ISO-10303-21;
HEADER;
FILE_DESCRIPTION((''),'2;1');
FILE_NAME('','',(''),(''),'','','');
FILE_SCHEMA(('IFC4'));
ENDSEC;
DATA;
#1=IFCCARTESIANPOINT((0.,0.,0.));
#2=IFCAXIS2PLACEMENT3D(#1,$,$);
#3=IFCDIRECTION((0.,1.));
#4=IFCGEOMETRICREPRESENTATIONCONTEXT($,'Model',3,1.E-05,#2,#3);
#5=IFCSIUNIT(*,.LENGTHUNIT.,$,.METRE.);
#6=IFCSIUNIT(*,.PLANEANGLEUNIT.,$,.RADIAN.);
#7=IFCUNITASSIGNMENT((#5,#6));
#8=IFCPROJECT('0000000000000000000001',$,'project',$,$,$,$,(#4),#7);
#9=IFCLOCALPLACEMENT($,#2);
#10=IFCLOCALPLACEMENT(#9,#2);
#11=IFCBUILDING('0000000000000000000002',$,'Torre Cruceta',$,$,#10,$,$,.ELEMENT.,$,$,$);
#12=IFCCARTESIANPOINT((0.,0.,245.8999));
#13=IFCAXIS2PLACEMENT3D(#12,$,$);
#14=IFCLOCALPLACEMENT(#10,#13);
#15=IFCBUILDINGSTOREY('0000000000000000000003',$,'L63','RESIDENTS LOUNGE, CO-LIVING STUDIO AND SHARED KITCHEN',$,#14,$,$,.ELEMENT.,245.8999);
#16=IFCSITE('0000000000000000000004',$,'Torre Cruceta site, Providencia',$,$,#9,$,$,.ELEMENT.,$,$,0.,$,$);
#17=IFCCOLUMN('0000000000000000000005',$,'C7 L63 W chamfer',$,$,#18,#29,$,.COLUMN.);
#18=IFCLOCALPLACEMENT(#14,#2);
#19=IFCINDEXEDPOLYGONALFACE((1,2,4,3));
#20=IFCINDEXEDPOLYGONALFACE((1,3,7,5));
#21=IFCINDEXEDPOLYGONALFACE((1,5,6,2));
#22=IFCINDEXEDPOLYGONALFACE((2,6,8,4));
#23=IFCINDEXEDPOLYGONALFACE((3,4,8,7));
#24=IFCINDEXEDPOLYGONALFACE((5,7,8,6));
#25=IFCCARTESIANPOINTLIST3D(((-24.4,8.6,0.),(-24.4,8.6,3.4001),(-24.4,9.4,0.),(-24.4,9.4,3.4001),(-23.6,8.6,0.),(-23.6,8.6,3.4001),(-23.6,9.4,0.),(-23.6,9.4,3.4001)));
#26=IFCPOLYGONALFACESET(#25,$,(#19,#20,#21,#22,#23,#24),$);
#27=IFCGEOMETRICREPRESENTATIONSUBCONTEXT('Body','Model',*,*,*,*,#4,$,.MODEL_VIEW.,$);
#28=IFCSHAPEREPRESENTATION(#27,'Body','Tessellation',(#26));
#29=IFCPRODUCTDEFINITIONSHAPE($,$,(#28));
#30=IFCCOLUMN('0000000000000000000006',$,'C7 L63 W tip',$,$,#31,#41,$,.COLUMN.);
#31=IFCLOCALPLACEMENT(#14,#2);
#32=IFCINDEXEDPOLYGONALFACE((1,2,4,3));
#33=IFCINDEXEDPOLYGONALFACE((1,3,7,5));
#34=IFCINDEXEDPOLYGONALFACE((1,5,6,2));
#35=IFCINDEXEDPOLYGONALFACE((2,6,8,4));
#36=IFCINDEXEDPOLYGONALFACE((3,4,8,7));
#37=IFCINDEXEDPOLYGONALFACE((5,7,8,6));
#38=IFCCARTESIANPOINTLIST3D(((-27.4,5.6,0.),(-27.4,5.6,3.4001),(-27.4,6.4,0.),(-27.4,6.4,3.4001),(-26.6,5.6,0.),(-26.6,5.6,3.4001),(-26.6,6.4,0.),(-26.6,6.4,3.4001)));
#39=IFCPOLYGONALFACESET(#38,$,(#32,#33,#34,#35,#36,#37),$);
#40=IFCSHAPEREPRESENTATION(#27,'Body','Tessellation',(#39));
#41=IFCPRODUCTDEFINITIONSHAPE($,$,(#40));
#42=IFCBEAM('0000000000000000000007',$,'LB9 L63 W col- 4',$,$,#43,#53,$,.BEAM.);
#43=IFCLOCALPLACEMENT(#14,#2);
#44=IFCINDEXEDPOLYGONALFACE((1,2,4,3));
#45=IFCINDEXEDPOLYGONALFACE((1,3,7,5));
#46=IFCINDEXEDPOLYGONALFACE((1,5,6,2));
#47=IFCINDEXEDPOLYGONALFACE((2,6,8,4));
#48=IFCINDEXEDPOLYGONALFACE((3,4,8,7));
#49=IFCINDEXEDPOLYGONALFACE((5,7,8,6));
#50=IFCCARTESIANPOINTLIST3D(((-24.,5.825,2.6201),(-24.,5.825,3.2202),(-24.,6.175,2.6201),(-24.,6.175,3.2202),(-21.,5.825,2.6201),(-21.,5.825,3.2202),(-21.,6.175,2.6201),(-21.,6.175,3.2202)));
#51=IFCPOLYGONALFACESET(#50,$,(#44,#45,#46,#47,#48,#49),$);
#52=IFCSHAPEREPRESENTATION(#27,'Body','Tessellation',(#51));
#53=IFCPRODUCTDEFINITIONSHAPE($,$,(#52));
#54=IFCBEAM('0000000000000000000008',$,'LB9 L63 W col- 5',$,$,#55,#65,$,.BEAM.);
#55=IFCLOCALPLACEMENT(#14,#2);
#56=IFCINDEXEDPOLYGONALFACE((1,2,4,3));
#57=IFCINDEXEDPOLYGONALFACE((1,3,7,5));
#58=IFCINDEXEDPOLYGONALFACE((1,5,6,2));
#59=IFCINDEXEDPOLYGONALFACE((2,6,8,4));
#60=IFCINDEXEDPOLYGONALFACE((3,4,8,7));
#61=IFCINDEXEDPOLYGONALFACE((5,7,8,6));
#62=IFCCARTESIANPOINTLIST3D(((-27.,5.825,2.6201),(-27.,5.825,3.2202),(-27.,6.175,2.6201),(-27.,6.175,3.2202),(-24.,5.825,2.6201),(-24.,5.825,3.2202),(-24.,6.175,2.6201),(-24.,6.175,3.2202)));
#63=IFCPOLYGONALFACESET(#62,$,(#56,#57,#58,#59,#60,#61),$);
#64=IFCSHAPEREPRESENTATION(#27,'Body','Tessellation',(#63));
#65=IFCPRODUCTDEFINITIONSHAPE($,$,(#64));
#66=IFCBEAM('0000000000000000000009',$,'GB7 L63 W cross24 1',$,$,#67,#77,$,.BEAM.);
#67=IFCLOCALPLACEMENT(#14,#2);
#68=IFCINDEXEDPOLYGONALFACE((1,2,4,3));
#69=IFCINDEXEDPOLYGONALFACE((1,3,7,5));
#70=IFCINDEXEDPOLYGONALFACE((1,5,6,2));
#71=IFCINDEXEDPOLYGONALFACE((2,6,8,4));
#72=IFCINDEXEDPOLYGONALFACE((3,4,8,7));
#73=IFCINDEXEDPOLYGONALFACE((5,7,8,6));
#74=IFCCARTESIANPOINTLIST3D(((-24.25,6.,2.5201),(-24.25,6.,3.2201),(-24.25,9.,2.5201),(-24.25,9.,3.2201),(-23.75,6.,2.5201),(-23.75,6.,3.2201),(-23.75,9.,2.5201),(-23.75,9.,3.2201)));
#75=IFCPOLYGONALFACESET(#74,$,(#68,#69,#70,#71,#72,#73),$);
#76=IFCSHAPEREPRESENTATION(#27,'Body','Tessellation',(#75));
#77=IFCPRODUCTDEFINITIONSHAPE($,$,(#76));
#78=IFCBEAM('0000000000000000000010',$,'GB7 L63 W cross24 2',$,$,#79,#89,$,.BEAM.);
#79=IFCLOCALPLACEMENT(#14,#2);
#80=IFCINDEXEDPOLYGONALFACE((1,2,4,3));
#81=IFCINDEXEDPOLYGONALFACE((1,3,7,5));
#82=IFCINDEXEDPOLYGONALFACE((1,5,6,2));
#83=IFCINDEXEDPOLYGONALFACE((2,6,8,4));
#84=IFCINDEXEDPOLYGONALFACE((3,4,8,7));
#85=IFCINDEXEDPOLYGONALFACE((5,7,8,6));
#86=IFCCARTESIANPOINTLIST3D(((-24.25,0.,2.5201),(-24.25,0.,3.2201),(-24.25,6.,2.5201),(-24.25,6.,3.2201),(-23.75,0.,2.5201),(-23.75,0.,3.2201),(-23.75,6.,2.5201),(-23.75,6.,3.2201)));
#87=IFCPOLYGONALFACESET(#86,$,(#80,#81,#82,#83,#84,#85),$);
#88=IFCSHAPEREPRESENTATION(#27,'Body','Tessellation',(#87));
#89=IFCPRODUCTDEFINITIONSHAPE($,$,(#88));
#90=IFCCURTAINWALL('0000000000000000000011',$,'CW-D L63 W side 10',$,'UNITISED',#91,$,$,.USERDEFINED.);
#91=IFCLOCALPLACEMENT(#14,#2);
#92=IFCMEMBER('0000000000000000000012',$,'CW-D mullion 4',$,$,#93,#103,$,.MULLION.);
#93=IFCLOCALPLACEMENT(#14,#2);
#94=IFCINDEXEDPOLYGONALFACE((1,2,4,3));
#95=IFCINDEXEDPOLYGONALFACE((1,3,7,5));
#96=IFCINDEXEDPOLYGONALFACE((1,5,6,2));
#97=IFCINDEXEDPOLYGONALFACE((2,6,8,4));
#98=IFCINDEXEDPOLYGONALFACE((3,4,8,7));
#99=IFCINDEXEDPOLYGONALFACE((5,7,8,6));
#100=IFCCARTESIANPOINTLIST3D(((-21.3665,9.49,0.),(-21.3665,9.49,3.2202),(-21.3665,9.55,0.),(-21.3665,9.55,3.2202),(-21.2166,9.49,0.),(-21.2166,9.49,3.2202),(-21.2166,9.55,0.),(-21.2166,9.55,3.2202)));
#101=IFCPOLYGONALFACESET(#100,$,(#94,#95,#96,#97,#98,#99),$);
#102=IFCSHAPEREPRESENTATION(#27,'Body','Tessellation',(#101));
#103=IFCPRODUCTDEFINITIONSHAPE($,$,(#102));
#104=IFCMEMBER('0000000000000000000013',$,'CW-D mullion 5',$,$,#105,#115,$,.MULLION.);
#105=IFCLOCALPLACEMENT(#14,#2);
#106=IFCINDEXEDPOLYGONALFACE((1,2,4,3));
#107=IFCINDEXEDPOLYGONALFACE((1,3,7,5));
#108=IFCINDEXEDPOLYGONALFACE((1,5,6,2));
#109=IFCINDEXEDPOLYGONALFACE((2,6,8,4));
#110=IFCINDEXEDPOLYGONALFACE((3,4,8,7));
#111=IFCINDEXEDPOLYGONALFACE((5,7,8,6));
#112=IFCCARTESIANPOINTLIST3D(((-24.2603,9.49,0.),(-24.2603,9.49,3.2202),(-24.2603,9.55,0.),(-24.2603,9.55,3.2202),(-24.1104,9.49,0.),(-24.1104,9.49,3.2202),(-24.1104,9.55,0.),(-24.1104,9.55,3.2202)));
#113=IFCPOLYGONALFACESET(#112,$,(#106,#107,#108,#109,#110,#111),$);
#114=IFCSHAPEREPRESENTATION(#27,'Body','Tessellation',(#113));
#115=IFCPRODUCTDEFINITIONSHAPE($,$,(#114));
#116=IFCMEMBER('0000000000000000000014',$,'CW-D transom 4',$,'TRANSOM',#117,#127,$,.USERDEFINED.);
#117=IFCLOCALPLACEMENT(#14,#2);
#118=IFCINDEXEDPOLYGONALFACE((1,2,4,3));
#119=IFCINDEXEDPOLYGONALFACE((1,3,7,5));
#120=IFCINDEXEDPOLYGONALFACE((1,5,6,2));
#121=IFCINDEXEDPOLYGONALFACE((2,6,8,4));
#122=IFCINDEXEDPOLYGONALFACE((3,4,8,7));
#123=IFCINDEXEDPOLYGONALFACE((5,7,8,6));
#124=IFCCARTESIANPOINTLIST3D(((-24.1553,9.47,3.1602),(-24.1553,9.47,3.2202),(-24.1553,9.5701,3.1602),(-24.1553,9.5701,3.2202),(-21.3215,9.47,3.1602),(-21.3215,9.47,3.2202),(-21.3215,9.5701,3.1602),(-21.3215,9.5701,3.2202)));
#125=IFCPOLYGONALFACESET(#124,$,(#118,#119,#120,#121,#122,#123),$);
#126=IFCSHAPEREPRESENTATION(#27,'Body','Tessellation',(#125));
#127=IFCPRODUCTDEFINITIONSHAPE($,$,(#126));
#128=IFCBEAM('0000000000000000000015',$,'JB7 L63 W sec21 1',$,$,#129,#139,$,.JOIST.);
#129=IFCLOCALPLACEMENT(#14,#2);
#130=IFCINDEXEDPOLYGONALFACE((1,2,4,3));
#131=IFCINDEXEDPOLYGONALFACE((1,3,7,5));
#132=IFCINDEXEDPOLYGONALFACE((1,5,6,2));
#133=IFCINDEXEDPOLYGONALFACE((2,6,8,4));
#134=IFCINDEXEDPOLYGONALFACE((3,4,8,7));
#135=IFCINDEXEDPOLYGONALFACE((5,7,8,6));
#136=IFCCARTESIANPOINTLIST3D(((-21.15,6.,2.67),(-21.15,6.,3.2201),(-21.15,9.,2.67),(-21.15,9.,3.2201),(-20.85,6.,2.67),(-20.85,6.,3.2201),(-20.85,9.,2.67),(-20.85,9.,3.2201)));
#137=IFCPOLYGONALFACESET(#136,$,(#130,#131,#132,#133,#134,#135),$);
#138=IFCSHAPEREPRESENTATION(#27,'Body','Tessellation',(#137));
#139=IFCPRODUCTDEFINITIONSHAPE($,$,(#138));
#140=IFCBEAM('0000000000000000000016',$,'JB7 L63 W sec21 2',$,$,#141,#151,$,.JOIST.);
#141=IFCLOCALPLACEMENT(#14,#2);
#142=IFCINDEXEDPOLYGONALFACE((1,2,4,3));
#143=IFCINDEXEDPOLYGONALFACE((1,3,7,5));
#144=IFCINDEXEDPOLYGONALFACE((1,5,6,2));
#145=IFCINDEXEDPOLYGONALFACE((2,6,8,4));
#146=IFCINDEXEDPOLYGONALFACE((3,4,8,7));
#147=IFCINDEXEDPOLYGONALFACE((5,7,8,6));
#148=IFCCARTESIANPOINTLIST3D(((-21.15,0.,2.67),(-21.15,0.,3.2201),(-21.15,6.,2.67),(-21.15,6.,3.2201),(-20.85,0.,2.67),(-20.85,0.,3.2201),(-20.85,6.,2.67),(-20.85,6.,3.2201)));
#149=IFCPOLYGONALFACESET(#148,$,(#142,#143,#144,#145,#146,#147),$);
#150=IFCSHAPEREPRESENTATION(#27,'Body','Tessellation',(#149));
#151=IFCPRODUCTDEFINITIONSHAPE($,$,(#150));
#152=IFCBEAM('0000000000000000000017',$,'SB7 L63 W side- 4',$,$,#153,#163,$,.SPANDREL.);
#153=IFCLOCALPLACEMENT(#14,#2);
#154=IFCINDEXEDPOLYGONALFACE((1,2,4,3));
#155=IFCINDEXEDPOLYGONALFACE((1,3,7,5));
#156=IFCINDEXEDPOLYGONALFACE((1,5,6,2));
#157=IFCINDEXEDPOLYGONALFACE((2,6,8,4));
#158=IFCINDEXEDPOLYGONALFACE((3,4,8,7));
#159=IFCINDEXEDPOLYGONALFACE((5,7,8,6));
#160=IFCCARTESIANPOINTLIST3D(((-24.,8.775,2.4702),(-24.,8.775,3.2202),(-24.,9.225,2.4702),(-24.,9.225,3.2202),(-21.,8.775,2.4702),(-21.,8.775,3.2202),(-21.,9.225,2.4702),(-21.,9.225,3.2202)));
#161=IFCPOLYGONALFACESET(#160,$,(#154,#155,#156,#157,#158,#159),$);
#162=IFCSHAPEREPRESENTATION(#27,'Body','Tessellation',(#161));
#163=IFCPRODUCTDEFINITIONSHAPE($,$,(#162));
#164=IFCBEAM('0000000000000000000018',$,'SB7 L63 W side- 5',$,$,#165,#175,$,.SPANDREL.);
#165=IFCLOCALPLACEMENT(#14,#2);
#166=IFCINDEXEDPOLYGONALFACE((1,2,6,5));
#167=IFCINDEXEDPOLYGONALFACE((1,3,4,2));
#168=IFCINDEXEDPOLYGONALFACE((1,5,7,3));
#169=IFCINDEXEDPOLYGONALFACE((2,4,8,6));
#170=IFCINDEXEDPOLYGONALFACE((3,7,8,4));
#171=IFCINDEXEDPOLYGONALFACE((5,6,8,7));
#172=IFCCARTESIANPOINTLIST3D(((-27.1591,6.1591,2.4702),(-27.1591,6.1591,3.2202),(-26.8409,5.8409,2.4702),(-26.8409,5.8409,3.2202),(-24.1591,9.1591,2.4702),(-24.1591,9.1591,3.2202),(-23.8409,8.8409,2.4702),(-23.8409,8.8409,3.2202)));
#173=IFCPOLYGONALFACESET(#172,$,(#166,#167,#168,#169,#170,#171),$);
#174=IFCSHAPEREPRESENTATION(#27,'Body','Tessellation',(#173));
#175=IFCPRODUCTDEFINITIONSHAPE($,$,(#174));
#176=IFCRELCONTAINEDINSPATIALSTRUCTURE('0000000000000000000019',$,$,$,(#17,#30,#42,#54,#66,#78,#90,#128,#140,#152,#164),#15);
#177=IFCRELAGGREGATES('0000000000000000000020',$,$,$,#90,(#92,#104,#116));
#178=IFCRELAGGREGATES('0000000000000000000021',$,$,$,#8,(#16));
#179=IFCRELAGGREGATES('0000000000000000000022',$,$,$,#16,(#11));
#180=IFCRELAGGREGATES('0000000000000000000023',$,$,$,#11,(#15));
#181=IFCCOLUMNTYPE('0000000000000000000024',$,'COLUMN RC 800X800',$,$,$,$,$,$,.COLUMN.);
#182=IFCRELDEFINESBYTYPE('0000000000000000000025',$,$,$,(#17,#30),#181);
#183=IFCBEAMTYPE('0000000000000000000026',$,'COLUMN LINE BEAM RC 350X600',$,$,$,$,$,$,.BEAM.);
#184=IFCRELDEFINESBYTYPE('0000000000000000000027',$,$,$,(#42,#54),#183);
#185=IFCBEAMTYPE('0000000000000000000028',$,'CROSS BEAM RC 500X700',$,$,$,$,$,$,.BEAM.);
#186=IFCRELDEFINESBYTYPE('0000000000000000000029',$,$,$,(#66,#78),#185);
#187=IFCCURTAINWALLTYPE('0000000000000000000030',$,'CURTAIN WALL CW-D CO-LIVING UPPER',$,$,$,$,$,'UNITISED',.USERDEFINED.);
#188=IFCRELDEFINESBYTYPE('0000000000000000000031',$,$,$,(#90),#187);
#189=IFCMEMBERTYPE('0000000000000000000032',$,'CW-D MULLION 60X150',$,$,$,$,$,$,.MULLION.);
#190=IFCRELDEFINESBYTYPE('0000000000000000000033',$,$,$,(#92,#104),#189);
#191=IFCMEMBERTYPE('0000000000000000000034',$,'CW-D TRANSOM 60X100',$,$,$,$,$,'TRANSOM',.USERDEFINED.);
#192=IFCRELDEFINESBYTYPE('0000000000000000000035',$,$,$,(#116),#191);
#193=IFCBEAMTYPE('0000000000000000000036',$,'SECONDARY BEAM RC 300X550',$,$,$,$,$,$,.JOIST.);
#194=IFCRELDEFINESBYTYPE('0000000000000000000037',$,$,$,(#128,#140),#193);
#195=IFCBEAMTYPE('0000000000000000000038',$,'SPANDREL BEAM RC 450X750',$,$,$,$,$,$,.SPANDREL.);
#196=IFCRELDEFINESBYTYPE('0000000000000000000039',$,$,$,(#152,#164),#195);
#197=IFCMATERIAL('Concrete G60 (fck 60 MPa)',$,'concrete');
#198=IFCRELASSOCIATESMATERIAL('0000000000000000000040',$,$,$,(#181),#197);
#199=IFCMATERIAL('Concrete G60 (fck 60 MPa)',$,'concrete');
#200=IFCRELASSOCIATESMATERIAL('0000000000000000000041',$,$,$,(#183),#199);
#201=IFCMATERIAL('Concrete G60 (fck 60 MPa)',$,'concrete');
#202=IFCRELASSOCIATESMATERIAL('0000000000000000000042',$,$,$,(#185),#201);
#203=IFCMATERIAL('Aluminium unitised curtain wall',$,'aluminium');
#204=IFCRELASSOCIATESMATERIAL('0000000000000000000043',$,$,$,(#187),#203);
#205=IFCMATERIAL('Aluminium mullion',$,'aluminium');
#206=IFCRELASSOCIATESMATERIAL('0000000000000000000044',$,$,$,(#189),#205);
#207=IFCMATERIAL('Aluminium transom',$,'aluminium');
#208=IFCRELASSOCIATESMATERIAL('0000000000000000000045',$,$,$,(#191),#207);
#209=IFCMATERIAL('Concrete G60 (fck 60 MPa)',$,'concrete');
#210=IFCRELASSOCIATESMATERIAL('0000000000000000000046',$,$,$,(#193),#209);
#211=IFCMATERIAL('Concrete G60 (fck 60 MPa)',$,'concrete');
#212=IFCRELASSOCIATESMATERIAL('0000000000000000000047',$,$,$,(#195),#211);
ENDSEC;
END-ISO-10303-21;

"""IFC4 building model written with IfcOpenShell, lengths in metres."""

from ifc_helpers import new_model, si_unit, direction, frame, origin, origin_2d, place, context, subcontext, project, spatial, rectangle, extrude, material, material_profile, profile_set, type_object, element, aggregate, save


model = new_model("IFC4")

# Units and contexts
model_context = context("Model", 3, precision=1e-05, world=origin(), true_north=direction((0.0, 1.0)))
body_context = subcontext(model_context, "Body", "Model", "MODEL_VIEW")
ifc_project = project(units=[si_unit("LENGTHUNIT", "METRE"), si_unit("PLANEANGLEUNIT", "RADIAN")], contexts=[model_context])

# Site, building, storey
site_placement = place(None, origin())
site = spatial("IfcSite", under=ifc_project, at=site_placement, Name="Torre Cruceta site, Providencia", CompositionType="ELEMENT", RefElevation=0.0)
building_placement = place(site_placement, origin())
building = spatial("IfcBuilding", under=site, at=building_placement, Name="Torre Cruceta", CompositionType="ELEMENT")
storey_placement = place(building_placement, frame((0.0, 0.0, 245.8999)))
storey = spatial("IfcBuildingStorey", under=building, at=storey_placement, Name="L63", Description="RESIDENTS LOUNGE, CO-LIVING STUDIO AND SHARED KITCHEN", CompositionType="ELEMENT", Elevation=245.8999)

# Columns
ifc_material_1 = material(Name="Concrete G60 (fck 60 MPa)", Category="concrete")
ifc_material_profile_1 = material_profile(ifc_material_1, rectangle(XDim=0.8, YDim=0.8, at=origin_2d()), Name="RC 800X800")
ifc_profile_set_1 = profile_set([ifc_material_profile_1], Name="Concrete G60 (fck 60 MPa)")
column_type = type_object("IfcColumnType", Name="COLUMN RC 800X800", PredefinedType="COLUMN", material=ifc_profile_set_1)
for number, where, z_axis, x_axis, name in (
    (1, (-24.0, 9.0, 0.0), (0.0, 0.0, 1.0), (1.0, 0.0, 0.0), "C7 L63 W chamfer"),
    (2, (-27.0, 6.0, 0.0), (0.0, 0.0, 1.0), (1.0, 0.0, 0.0), "C7 L63 W tip"),
):
    element("IfcColumn", number, at=place(storey_placement, frame(where, z_axis=z_axis, x_axis=x_axis)), inside=storey, type_object=column_type, Name=name, PredefinedType="COLUMN", context=body_context, shape_type="SweptSolid", body=[
        extrude(rectangle(XDim=0.8, YDim=0.8, at=origin_2d()), origin(), (0.0, 0.0, 1.0), 3.4001),
    ])

# Beams
ifc_material_2 = material(Name="Concrete G60 (fck 60 MPa)", Category="concrete")
ifc_material_profile_2 = material_profile(ifc_material_2, rectangle(XDim=0.3501, YDim=0.6001, at=origin_2d()), Name="RC 350X600")
ifc_profile_set_2 = profile_set([ifc_material_profile_2], Name="Concrete G60 (fck 60 MPa)")
beam_type_1 = type_object("IfcBeamType", Name="COLUMN LINE BEAM RC 350X600", PredefinedType="BEAM", material=ifc_profile_set_2)
for number, where, z_axis, x_axis, name in (
    (3, (-21.0, 6.0, 2.9202), (-1.0, 0.0, 0.0), (0.0, -1.0, 0.0), "LB9 L63 W col- 4"),
    (4, (-24.0, 6.0, 2.9202), (-1.0, 0.0, 0.0), (0.0, -1.0, 0.0), "LB9 L63 W col- 5"),
):
    element("IfcBeam", number, at=place(storey_placement, frame(where, z_axis=z_axis, x_axis=x_axis)), inside=storey, type_object=beam_type_1, Name=name, PredefinedType="BEAM", context=body_context, shape_type="SweptSolid", body=[
        extrude(rectangle(XDim=0.3501, YDim=0.6001, at=origin_2d()), origin(), (0.0, 0.0, 1.0), 3.0),
    ])
ifc_material_3 = material(Name="Concrete G60 (fck 60 MPa)", Category="concrete")
ifc_material_profile_3 = material_profile(ifc_material_3, rectangle(XDim=0.5, YDim=0.7, at=origin_2d()), Name="RC 500X700")
ifc_profile_set_3 = profile_set([ifc_material_profile_3], Name="Concrete G60 (fck 60 MPa)")
beam_type_2 = type_object("IfcBeamType", Name="CROSS BEAM RC 500X700", PredefinedType="BEAM", material=ifc_profile_set_3)
beam_1_placement = place(storey_placement, frame((-24.0, 9.0, 2.8701), z_axis=(0.0, -1.0, 0.0), x_axis=(1.0, 0.0, 0.0)))
element("IfcBeam", 5, at=beam_1_placement, inside=storey, type_object=beam_type_2, Name="GB7 L63 W cross24 1", PredefinedType="BEAM", context=body_context, shape_type="SweptSolid", body=[
    extrude(rectangle(XDim=0.5, YDim=0.7, at=origin_2d()), origin(), (0.0, 0.0, 1.0), 3.0),
])
beam_2_placement = place(storey_placement, frame((-24.0, 6.0, 2.8701), z_axis=(0.0, -1.0, 0.0), x_axis=(1.0, 0.0, 0.0)))
element("IfcBeam", 6, at=beam_2_placement, inside=storey, type_object=beam_type_2, Name="GB7 L63 W cross24 2", PredefinedType="BEAM", context=body_context, shape_type="SweptSolid", body=[
    extrude(rectangle(XDim=0.5, YDim=0.7, at=origin_2d()), origin(), (0.0, 0.0, 1.0), 6.0),
])

# Curtain wall, members
ifc_material_4 = material(Name="Aluminium unitised curtain wall", Category="aluminium")
curtain_wall_type = type_object("IfcCurtainWallType", Name="CURTAIN WALL CW-D CO-LIVING UPPER", ElementType="UNITISED", PredefinedType="USERDEFINED", material=ifc_material_4)
curtain_wall_placement = place(storey_placement, origin())
curtain_wall = element("IfcCurtainWall", 7, at=curtain_wall_placement, inside=storey, type_object=curtain_wall_type, Name="CW-D L63 W side 10", ObjectType="UNITISED", PredefinedType="USERDEFINED")
ifc_material_5 = material(Name="Aluminium mullion", Category="aluminium")
ifc_material_profile_4 = material_profile(ifc_material_5, rectangle(XDim=0.0601, YDim=0.1499, at=origin_2d()), Name="AL 60X150")
ifc_profile_set_4 = profile_set([ifc_material_profile_4], Name="Aluminium mullion")
member_type_1 = type_object("IfcMemberType", Name="CW-D MULLION 60X150", PredefinedType="MULLION", material=ifc_profile_set_4)
member_1_placement = place(storey_placement, frame((-21.2915, 9.52, 0.0), z_axis=(0.0, 0.0, 1.0), x_axis=(0.0, -1.0, 0.0)))
member_1 = element("IfcMember", 8, at=member_1_placement, type_object=member_type_1, Name="CW-D mullion 4", PredefinedType="MULLION", context=body_context, shape_type="SweptSolid", body=[
    extrude(rectangle(XDim=0.0601, YDim=0.1499, at=origin_2d()), origin(), (0.0, 0.0, 1.0), 3.2202),
])
member_2_placement = place(storey_placement, frame((-24.1853, 9.52, 0.0), z_axis=(0.0, 0.0, 1.0), x_axis=(0.0, -1.0, 0.0)))
member_2 = element("IfcMember", 9, at=member_2_placement, type_object=member_type_1, Name="CW-D mullion 5", PredefinedType="MULLION", context=body_context, shape_type="SweptSolid", body=[
    extrude(rectangle(XDim=0.0601, YDim=0.1499, at=origin_2d()), origin(), (0.0, 0.0, 1.0), 3.2202),
])
ifc_material_6 = material(Name="Aluminium transom", Category="aluminium")
ifc_material_profile_5 = material_profile(ifc_material_6, rectangle(XDim=0.1001, YDim=0.0601, at=origin_2d()), Name="AL 100X60")
ifc_profile_set_5 = profile_set([ifc_material_profile_5], Name="Aluminium transom")
member_type_2 = type_object("IfcMemberType", Name="CW-D TRANSOM 60X100", ElementType="TRANSOM", PredefinedType="USERDEFINED", material=ifc_profile_set_5)
member_3_placement = place(storey_placement, frame((-21.3215, 9.52, 3.1902), z_axis=(-1.0, 0.0, 0.0), x_axis=(0.0, -1.0, 0.0)))
member_3 = element("IfcMember", 10, at=member_3_placement, type_object=member_type_2, Name="CW-D transom 4", ObjectType="TRANSOM", PredefinedType="USERDEFINED", context=body_context, shape_type="SweptSolid", body=[
    extrude(rectangle(XDim=0.1001, YDim=0.0601, at=origin_2d()), origin(), (0.0, 0.0, 1.0), 2.8337),
])

# Beams
ifc_material_7 = material(Name="Concrete G60 (fck 60 MPa)", Category="concrete")
ifc_material_profile_6 = material_profile(ifc_material_7, rectangle(XDim=0.3, YDim=0.55, at=origin_2d()), Name="RC 300X550")
ifc_profile_set_6 = profile_set([ifc_material_profile_6], Name="Concrete G60 (fck 60 MPa)")
beam_type_3 = type_object("IfcBeamType", Name="SECONDARY BEAM RC 300X550", PredefinedType="JOIST", material=ifc_profile_set_6)
beam_3_placement = place(storey_placement, frame((-21.0, 9.0, 2.9451), z_axis=(0.0, -1.0, 0.0), x_axis=(1.0, 0.0, 0.0)))
element("IfcBeam", 11, at=beam_3_placement, inside=storey, type_object=beam_type_3, Name="JB7 L63 W sec21 1", PredefinedType="JOIST", context=body_context, shape_type="SweptSolid", body=[
    extrude(rectangle(XDim=0.3, YDim=0.55, at=origin_2d()), origin(), (0.0, 0.0, 1.0), 3.0),
])
beam_4_placement = place(storey_placement, frame((-21.0, 6.0, 2.9451), z_axis=(0.0, -1.0, 0.0), x_axis=(1.0, 0.0, 0.0)))
element("IfcBeam", 12, at=beam_4_placement, inside=storey, type_object=beam_type_3, Name="JB7 L63 W sec21 2", PredefinedType="JOIST", context=body_context, shape_type="SweptSolid", body=[
    extrude(rectangle(XDim=0.3, YDim=0.55, at=origin_2d()), origin(), (0.0, 0.0, 1.0), 6.0),
])
ifc_material_8 = material(Name="Concrete G60 (fck 60 MPa)", Category="concrete")
ifc_material_profile_7 = material_profile(ifc_material_8, rectangle(XDim=0.45, YDim=0.75, at=origin_2d()), Name="RC 450X750")
ifc_profile_set_7 = profile_set([ifc_material_profile_7], Name="Concrete G60 (fck 60 MPa)")
beam_type_4 = type_object("IfcBeamType", Name="SPANDREL BEAM RC 450X750", PredefinedType="SPANDREL", material=ifc_profile_set_7)
beam_5_placement = place(storey_placement, frame((-21.0, 9.0, 2.8452), z_axis=(-1.0, 0.0, 0.0), x_axis=(0.0, -1.0, 0.0)))
element("IfcBeam", 13, at=beam_5_placement, inside=storey, type_object=beam_type_4, Name="SB7 L63 W side- 4", PredefinedType="SPANDREL", context=body_context, shape_type="SweptSolid", body=[
    extrude(rectangle(XDim=0.45, YDim=0.75, at=origin_2d()), origin(), (0.0, 0.0, 1.0), 3.0),
])
beam_6_placement = place(storey_placement, frame((-24.0, 9.0, 2.8452), z_axis=(-0.707107, -0.707107, 0.0), x_axis=(0.707107, -0.707107, 0.0)))
element("IfcBeam", 14, at=beam_6_placement, inside=storey, type_object=beam_type_4, Name="SB7 L63 W side- 5", PredefinedType="SPANDREL", context=body_context, shape_type="SweptSolid", body=[
    extrude(rectangle(XDim=0.45, YDim=0.75, at=origin_2d()), origin(), (0.0, 0.0, 1.0), 4.2427),
])

aggregate(curtain_wall, [member_1, member_2, member_3])

save(model, "model.ifc")
